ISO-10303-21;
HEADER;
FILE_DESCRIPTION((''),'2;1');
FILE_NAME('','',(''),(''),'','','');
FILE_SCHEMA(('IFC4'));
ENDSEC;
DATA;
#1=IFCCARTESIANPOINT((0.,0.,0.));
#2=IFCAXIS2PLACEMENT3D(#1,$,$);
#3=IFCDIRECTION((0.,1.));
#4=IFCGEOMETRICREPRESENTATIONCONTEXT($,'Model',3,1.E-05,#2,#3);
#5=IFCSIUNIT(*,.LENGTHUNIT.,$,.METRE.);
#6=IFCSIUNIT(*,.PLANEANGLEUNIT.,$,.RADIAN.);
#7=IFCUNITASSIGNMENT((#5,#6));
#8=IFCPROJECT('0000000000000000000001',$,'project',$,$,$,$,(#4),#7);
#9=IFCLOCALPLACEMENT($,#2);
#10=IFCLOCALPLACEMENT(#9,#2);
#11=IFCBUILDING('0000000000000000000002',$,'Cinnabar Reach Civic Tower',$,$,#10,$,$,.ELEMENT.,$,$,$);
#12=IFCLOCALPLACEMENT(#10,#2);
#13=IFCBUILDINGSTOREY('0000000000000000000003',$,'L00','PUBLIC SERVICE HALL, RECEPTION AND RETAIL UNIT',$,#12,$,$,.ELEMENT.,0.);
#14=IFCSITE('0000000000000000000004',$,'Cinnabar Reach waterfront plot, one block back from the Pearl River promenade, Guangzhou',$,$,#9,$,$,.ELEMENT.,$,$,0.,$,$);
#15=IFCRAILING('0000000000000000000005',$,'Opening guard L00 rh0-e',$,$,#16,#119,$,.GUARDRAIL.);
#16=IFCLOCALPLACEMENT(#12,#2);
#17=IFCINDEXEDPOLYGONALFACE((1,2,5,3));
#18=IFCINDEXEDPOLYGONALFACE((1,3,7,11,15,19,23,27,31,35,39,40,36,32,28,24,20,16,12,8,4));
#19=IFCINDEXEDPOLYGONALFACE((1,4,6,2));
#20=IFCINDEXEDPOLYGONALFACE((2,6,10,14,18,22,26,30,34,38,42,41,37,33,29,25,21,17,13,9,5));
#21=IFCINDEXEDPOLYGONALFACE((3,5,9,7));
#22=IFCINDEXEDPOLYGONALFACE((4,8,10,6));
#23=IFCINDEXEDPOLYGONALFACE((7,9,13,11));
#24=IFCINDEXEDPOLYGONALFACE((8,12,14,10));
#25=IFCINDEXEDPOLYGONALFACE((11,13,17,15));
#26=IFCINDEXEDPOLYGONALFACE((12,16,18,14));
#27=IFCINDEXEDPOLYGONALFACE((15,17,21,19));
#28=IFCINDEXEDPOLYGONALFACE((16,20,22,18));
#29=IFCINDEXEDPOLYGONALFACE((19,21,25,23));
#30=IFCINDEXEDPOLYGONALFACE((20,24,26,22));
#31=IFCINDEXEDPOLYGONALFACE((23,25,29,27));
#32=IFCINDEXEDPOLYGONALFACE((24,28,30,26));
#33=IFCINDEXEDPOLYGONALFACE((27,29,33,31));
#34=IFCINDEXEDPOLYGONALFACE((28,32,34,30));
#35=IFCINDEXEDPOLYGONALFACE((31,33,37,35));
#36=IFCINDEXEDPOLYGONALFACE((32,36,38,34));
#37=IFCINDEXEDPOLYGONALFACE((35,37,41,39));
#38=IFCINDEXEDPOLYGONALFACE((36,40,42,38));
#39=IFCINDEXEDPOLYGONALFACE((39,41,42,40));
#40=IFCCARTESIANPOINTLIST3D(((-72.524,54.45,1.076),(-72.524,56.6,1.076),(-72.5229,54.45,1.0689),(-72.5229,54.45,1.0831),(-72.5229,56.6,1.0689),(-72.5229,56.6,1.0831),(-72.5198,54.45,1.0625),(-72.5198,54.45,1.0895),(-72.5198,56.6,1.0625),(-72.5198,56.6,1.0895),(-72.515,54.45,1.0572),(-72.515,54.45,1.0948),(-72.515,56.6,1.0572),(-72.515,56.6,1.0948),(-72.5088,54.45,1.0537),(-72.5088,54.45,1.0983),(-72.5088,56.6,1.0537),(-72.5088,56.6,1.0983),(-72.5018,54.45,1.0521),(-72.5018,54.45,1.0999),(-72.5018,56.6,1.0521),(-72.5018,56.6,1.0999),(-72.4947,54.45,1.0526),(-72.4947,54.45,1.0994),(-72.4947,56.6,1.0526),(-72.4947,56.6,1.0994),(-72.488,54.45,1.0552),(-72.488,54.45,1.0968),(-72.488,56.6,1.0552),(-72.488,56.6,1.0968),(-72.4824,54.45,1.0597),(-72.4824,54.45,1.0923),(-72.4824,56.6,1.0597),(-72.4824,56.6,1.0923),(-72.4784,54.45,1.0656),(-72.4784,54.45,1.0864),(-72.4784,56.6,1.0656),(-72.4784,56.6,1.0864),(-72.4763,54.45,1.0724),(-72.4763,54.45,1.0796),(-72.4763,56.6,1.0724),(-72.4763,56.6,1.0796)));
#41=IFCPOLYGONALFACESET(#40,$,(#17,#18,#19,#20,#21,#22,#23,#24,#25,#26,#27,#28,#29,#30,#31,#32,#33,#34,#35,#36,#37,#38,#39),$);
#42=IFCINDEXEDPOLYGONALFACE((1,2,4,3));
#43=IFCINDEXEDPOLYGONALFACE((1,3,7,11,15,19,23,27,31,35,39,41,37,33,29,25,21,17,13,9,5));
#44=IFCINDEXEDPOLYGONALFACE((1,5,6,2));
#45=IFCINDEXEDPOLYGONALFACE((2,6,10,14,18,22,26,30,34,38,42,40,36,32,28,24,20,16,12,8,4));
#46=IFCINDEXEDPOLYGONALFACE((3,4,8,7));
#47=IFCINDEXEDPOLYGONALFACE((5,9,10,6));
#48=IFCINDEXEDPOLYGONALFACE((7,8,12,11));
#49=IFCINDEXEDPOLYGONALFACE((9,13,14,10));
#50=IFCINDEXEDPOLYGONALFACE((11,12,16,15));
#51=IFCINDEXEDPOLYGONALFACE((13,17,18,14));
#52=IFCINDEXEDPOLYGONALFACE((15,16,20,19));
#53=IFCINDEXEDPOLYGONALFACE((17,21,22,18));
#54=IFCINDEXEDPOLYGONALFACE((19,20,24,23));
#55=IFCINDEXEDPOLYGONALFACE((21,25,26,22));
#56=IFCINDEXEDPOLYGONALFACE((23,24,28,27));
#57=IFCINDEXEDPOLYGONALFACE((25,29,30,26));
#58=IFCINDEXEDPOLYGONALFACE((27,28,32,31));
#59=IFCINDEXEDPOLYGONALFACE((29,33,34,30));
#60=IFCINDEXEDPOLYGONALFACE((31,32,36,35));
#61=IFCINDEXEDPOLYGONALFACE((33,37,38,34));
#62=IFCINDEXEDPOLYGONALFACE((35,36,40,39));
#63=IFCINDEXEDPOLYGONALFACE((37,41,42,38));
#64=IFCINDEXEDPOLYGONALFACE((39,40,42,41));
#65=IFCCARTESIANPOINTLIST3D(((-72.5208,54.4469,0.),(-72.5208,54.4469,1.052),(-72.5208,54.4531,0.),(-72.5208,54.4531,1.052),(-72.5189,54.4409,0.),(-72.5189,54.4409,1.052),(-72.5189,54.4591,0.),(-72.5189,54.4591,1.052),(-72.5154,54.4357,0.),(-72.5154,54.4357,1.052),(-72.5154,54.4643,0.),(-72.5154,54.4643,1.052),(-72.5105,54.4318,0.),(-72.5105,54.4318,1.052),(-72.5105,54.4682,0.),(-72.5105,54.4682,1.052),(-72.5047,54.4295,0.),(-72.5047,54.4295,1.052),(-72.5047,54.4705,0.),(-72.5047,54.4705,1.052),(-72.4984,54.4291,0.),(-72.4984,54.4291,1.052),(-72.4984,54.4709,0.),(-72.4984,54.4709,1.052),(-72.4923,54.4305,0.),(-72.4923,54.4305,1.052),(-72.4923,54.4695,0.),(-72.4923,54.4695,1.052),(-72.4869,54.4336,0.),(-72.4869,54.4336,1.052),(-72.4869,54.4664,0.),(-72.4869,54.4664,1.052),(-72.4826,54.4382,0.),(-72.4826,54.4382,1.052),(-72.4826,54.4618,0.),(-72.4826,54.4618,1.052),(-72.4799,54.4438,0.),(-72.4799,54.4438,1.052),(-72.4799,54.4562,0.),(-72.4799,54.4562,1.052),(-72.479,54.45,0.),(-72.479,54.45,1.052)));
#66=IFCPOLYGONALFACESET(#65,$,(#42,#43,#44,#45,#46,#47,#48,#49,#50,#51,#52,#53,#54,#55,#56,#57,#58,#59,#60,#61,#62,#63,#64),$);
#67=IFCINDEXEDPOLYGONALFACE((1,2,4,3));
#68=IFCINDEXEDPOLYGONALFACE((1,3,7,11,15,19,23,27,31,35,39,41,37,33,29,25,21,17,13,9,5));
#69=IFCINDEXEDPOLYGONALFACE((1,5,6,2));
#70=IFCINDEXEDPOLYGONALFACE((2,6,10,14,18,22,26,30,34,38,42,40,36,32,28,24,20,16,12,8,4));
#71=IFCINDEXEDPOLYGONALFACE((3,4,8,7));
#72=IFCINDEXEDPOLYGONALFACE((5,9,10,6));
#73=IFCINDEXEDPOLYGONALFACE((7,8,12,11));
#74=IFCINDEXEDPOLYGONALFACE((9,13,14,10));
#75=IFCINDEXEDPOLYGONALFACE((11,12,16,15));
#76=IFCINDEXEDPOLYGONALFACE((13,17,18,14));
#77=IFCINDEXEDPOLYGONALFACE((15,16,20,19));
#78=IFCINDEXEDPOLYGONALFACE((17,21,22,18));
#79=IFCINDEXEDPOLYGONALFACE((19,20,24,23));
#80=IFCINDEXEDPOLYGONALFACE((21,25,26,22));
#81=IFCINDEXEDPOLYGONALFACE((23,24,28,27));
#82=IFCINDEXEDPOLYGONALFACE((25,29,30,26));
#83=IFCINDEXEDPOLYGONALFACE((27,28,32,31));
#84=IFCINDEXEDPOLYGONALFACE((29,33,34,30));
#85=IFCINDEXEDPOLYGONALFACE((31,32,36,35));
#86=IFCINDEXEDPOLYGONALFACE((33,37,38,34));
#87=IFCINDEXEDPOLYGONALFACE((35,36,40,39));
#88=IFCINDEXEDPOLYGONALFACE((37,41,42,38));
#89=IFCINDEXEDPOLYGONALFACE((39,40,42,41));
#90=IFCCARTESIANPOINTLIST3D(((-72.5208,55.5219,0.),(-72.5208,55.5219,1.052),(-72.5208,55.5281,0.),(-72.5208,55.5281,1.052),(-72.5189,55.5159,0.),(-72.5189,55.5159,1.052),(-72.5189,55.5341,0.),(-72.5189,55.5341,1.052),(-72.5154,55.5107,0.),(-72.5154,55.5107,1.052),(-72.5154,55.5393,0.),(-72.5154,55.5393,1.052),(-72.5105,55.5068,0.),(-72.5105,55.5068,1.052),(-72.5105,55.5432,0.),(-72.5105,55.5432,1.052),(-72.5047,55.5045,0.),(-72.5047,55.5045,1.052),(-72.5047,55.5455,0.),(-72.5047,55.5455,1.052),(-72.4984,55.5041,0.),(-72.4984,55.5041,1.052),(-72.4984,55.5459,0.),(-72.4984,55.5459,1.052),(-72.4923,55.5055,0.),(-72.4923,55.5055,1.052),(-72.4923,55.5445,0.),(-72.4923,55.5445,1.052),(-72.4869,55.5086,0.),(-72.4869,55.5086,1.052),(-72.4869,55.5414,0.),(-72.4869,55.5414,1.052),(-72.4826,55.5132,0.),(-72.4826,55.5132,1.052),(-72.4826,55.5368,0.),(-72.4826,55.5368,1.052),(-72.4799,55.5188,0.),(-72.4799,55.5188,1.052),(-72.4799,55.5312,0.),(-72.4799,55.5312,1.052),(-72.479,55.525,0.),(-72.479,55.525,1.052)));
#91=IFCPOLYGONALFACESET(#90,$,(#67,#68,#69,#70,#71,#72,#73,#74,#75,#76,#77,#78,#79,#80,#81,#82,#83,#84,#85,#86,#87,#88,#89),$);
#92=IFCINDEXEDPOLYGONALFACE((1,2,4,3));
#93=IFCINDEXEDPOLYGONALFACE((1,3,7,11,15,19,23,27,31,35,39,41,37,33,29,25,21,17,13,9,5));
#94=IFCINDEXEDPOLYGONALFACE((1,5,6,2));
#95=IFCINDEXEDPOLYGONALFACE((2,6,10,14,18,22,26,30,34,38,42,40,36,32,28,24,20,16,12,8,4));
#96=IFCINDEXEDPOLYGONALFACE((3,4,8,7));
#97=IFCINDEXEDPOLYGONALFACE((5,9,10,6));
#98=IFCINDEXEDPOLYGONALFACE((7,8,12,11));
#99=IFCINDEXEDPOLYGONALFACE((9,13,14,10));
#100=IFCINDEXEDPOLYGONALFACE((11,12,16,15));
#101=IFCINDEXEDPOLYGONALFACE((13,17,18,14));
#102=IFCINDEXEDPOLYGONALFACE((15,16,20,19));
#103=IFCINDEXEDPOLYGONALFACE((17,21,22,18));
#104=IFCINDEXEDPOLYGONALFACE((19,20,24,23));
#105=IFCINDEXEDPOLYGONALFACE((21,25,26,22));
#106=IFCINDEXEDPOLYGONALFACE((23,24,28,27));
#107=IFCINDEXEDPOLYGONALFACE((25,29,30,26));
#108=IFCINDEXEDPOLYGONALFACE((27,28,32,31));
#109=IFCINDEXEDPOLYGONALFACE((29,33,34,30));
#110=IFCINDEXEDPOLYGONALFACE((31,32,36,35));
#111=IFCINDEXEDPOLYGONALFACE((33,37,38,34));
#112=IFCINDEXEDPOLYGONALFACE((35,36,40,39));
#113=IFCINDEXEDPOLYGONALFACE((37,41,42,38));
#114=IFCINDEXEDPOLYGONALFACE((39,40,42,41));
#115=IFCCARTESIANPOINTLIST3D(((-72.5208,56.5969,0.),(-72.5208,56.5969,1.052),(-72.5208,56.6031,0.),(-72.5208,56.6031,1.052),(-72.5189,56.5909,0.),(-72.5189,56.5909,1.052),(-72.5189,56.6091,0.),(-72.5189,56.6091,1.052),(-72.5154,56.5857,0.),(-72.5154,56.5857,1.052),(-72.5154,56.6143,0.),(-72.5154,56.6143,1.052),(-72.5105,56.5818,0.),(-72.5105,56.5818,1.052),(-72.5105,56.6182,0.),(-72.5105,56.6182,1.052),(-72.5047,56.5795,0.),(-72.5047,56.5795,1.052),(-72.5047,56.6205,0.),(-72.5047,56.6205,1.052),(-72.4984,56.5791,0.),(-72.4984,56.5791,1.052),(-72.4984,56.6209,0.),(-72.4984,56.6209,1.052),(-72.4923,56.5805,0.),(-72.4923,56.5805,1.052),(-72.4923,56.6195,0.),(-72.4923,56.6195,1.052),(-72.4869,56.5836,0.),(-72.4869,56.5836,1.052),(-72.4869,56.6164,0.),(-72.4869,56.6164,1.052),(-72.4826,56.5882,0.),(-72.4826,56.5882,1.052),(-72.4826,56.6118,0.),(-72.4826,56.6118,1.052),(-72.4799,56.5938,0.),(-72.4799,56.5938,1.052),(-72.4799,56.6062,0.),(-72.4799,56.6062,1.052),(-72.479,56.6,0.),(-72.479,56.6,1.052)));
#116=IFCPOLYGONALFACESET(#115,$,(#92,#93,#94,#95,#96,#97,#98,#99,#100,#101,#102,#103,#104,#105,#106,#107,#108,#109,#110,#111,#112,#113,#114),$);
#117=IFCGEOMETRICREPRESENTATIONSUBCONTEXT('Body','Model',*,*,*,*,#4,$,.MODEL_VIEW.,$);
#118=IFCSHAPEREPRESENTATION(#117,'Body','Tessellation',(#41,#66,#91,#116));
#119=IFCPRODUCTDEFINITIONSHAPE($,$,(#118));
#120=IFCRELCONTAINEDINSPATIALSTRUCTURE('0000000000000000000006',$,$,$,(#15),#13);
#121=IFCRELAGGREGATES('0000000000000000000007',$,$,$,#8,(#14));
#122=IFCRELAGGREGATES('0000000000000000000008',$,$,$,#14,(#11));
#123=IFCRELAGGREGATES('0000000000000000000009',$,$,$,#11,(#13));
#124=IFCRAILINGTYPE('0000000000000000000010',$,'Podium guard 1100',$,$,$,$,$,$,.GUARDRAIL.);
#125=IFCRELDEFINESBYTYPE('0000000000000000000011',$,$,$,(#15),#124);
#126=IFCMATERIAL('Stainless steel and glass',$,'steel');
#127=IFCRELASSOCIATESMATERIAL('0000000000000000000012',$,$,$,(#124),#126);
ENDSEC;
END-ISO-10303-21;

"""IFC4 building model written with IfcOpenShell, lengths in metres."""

from ifc_helpers import new_model, si_unit, direction, frame, origin, origin_2d, place, context, subcontext, project, spatial, circle, extrude, material, type_object, element, save


model = new_model("IFC4")

# Units and contexts
model_context = context("Model", 3, precision=1e-05, world=origin(), true_north=direction((0.0, 1.0)))
body_context = subcontext(model_context, "Body", "Model", "MODEL_VIEW")
ifc_project = project(units=[si_unit("LENGTHUNIT", "METRE"), si_unit("PLANEANGLEUNIT", "RADIAN")], contexts=[model_context])

# Site, building, storey
site_placement = place(None, origin())
site = spatial("IfcSite", under=ifc_project, at=site_placement, Name="Cinnabar Reach waterfront plot, one block back from the Pearl River promenade, Guangzhou", CompositionType="ELEMENT", RefElevation=0.0)
building_placement = place(site_placement, origin())
building = spatial("IfcBuilding", under=site, at=building_placement, Name="Cinnabar Reach Civic Tower", CompositionType="ELEMENT")
storey_placement = place(building_placement, origin())
storey = spatial("IfcBuildingStorey", under=building, at=storey_placement, Name="L00", Description="PUBLIC SERVICE HALL, RECEPTION AND RETAIL UNIT", CompositionType="ELEMENT", Elevation=0.0)

# Railing
ifc_material_1 = material(Name="Stainless steel and glass", Category="steel")
railing_type = type_object("IfcRailingType", Name="Podium guard 1100", PredefinedType="GUARDRAIL", material=ifc_material_1)
for number, where, name in (
    (1, (-72.5, 54.45, 0.0), "Opening guard L00 rh0-e"),
):
    element("IfcRailing", number, at=place(storey_placement, frame(where)), inside=storey, type_object=railing_type, Name=name, PredefinedType="GUARDRAIL", context=body_context, shape_type="SweptSolid", body=[
        extrude(circle(Radius=0.024, at=origin_2d()), frame((0.0, 0.0, 1.076), z_axis=(0.0, 1.0, 0.0), x_axis=(-1.0, 0.0, 0.0)), (0.0, 0.0, 1.0), 2.15),
        extrude(circle(Radius=0.021, at=origin_2d()), origin(), (0.0, 0.0, 1.0), 1.052),
        extrude(circle(Radius=0.021, at=origin_2d()), frame((0.0, 1.075, 0.0)), (0.0, 0.0, 1.0), 1.052),
        extrude(circle(Radius=0.021, at=origin_2d()), frame((0.0, 2.15, 0.0)), (0.0, 0.0, 1.0), 1.052),
    ])

save(model, "model.ifc")
